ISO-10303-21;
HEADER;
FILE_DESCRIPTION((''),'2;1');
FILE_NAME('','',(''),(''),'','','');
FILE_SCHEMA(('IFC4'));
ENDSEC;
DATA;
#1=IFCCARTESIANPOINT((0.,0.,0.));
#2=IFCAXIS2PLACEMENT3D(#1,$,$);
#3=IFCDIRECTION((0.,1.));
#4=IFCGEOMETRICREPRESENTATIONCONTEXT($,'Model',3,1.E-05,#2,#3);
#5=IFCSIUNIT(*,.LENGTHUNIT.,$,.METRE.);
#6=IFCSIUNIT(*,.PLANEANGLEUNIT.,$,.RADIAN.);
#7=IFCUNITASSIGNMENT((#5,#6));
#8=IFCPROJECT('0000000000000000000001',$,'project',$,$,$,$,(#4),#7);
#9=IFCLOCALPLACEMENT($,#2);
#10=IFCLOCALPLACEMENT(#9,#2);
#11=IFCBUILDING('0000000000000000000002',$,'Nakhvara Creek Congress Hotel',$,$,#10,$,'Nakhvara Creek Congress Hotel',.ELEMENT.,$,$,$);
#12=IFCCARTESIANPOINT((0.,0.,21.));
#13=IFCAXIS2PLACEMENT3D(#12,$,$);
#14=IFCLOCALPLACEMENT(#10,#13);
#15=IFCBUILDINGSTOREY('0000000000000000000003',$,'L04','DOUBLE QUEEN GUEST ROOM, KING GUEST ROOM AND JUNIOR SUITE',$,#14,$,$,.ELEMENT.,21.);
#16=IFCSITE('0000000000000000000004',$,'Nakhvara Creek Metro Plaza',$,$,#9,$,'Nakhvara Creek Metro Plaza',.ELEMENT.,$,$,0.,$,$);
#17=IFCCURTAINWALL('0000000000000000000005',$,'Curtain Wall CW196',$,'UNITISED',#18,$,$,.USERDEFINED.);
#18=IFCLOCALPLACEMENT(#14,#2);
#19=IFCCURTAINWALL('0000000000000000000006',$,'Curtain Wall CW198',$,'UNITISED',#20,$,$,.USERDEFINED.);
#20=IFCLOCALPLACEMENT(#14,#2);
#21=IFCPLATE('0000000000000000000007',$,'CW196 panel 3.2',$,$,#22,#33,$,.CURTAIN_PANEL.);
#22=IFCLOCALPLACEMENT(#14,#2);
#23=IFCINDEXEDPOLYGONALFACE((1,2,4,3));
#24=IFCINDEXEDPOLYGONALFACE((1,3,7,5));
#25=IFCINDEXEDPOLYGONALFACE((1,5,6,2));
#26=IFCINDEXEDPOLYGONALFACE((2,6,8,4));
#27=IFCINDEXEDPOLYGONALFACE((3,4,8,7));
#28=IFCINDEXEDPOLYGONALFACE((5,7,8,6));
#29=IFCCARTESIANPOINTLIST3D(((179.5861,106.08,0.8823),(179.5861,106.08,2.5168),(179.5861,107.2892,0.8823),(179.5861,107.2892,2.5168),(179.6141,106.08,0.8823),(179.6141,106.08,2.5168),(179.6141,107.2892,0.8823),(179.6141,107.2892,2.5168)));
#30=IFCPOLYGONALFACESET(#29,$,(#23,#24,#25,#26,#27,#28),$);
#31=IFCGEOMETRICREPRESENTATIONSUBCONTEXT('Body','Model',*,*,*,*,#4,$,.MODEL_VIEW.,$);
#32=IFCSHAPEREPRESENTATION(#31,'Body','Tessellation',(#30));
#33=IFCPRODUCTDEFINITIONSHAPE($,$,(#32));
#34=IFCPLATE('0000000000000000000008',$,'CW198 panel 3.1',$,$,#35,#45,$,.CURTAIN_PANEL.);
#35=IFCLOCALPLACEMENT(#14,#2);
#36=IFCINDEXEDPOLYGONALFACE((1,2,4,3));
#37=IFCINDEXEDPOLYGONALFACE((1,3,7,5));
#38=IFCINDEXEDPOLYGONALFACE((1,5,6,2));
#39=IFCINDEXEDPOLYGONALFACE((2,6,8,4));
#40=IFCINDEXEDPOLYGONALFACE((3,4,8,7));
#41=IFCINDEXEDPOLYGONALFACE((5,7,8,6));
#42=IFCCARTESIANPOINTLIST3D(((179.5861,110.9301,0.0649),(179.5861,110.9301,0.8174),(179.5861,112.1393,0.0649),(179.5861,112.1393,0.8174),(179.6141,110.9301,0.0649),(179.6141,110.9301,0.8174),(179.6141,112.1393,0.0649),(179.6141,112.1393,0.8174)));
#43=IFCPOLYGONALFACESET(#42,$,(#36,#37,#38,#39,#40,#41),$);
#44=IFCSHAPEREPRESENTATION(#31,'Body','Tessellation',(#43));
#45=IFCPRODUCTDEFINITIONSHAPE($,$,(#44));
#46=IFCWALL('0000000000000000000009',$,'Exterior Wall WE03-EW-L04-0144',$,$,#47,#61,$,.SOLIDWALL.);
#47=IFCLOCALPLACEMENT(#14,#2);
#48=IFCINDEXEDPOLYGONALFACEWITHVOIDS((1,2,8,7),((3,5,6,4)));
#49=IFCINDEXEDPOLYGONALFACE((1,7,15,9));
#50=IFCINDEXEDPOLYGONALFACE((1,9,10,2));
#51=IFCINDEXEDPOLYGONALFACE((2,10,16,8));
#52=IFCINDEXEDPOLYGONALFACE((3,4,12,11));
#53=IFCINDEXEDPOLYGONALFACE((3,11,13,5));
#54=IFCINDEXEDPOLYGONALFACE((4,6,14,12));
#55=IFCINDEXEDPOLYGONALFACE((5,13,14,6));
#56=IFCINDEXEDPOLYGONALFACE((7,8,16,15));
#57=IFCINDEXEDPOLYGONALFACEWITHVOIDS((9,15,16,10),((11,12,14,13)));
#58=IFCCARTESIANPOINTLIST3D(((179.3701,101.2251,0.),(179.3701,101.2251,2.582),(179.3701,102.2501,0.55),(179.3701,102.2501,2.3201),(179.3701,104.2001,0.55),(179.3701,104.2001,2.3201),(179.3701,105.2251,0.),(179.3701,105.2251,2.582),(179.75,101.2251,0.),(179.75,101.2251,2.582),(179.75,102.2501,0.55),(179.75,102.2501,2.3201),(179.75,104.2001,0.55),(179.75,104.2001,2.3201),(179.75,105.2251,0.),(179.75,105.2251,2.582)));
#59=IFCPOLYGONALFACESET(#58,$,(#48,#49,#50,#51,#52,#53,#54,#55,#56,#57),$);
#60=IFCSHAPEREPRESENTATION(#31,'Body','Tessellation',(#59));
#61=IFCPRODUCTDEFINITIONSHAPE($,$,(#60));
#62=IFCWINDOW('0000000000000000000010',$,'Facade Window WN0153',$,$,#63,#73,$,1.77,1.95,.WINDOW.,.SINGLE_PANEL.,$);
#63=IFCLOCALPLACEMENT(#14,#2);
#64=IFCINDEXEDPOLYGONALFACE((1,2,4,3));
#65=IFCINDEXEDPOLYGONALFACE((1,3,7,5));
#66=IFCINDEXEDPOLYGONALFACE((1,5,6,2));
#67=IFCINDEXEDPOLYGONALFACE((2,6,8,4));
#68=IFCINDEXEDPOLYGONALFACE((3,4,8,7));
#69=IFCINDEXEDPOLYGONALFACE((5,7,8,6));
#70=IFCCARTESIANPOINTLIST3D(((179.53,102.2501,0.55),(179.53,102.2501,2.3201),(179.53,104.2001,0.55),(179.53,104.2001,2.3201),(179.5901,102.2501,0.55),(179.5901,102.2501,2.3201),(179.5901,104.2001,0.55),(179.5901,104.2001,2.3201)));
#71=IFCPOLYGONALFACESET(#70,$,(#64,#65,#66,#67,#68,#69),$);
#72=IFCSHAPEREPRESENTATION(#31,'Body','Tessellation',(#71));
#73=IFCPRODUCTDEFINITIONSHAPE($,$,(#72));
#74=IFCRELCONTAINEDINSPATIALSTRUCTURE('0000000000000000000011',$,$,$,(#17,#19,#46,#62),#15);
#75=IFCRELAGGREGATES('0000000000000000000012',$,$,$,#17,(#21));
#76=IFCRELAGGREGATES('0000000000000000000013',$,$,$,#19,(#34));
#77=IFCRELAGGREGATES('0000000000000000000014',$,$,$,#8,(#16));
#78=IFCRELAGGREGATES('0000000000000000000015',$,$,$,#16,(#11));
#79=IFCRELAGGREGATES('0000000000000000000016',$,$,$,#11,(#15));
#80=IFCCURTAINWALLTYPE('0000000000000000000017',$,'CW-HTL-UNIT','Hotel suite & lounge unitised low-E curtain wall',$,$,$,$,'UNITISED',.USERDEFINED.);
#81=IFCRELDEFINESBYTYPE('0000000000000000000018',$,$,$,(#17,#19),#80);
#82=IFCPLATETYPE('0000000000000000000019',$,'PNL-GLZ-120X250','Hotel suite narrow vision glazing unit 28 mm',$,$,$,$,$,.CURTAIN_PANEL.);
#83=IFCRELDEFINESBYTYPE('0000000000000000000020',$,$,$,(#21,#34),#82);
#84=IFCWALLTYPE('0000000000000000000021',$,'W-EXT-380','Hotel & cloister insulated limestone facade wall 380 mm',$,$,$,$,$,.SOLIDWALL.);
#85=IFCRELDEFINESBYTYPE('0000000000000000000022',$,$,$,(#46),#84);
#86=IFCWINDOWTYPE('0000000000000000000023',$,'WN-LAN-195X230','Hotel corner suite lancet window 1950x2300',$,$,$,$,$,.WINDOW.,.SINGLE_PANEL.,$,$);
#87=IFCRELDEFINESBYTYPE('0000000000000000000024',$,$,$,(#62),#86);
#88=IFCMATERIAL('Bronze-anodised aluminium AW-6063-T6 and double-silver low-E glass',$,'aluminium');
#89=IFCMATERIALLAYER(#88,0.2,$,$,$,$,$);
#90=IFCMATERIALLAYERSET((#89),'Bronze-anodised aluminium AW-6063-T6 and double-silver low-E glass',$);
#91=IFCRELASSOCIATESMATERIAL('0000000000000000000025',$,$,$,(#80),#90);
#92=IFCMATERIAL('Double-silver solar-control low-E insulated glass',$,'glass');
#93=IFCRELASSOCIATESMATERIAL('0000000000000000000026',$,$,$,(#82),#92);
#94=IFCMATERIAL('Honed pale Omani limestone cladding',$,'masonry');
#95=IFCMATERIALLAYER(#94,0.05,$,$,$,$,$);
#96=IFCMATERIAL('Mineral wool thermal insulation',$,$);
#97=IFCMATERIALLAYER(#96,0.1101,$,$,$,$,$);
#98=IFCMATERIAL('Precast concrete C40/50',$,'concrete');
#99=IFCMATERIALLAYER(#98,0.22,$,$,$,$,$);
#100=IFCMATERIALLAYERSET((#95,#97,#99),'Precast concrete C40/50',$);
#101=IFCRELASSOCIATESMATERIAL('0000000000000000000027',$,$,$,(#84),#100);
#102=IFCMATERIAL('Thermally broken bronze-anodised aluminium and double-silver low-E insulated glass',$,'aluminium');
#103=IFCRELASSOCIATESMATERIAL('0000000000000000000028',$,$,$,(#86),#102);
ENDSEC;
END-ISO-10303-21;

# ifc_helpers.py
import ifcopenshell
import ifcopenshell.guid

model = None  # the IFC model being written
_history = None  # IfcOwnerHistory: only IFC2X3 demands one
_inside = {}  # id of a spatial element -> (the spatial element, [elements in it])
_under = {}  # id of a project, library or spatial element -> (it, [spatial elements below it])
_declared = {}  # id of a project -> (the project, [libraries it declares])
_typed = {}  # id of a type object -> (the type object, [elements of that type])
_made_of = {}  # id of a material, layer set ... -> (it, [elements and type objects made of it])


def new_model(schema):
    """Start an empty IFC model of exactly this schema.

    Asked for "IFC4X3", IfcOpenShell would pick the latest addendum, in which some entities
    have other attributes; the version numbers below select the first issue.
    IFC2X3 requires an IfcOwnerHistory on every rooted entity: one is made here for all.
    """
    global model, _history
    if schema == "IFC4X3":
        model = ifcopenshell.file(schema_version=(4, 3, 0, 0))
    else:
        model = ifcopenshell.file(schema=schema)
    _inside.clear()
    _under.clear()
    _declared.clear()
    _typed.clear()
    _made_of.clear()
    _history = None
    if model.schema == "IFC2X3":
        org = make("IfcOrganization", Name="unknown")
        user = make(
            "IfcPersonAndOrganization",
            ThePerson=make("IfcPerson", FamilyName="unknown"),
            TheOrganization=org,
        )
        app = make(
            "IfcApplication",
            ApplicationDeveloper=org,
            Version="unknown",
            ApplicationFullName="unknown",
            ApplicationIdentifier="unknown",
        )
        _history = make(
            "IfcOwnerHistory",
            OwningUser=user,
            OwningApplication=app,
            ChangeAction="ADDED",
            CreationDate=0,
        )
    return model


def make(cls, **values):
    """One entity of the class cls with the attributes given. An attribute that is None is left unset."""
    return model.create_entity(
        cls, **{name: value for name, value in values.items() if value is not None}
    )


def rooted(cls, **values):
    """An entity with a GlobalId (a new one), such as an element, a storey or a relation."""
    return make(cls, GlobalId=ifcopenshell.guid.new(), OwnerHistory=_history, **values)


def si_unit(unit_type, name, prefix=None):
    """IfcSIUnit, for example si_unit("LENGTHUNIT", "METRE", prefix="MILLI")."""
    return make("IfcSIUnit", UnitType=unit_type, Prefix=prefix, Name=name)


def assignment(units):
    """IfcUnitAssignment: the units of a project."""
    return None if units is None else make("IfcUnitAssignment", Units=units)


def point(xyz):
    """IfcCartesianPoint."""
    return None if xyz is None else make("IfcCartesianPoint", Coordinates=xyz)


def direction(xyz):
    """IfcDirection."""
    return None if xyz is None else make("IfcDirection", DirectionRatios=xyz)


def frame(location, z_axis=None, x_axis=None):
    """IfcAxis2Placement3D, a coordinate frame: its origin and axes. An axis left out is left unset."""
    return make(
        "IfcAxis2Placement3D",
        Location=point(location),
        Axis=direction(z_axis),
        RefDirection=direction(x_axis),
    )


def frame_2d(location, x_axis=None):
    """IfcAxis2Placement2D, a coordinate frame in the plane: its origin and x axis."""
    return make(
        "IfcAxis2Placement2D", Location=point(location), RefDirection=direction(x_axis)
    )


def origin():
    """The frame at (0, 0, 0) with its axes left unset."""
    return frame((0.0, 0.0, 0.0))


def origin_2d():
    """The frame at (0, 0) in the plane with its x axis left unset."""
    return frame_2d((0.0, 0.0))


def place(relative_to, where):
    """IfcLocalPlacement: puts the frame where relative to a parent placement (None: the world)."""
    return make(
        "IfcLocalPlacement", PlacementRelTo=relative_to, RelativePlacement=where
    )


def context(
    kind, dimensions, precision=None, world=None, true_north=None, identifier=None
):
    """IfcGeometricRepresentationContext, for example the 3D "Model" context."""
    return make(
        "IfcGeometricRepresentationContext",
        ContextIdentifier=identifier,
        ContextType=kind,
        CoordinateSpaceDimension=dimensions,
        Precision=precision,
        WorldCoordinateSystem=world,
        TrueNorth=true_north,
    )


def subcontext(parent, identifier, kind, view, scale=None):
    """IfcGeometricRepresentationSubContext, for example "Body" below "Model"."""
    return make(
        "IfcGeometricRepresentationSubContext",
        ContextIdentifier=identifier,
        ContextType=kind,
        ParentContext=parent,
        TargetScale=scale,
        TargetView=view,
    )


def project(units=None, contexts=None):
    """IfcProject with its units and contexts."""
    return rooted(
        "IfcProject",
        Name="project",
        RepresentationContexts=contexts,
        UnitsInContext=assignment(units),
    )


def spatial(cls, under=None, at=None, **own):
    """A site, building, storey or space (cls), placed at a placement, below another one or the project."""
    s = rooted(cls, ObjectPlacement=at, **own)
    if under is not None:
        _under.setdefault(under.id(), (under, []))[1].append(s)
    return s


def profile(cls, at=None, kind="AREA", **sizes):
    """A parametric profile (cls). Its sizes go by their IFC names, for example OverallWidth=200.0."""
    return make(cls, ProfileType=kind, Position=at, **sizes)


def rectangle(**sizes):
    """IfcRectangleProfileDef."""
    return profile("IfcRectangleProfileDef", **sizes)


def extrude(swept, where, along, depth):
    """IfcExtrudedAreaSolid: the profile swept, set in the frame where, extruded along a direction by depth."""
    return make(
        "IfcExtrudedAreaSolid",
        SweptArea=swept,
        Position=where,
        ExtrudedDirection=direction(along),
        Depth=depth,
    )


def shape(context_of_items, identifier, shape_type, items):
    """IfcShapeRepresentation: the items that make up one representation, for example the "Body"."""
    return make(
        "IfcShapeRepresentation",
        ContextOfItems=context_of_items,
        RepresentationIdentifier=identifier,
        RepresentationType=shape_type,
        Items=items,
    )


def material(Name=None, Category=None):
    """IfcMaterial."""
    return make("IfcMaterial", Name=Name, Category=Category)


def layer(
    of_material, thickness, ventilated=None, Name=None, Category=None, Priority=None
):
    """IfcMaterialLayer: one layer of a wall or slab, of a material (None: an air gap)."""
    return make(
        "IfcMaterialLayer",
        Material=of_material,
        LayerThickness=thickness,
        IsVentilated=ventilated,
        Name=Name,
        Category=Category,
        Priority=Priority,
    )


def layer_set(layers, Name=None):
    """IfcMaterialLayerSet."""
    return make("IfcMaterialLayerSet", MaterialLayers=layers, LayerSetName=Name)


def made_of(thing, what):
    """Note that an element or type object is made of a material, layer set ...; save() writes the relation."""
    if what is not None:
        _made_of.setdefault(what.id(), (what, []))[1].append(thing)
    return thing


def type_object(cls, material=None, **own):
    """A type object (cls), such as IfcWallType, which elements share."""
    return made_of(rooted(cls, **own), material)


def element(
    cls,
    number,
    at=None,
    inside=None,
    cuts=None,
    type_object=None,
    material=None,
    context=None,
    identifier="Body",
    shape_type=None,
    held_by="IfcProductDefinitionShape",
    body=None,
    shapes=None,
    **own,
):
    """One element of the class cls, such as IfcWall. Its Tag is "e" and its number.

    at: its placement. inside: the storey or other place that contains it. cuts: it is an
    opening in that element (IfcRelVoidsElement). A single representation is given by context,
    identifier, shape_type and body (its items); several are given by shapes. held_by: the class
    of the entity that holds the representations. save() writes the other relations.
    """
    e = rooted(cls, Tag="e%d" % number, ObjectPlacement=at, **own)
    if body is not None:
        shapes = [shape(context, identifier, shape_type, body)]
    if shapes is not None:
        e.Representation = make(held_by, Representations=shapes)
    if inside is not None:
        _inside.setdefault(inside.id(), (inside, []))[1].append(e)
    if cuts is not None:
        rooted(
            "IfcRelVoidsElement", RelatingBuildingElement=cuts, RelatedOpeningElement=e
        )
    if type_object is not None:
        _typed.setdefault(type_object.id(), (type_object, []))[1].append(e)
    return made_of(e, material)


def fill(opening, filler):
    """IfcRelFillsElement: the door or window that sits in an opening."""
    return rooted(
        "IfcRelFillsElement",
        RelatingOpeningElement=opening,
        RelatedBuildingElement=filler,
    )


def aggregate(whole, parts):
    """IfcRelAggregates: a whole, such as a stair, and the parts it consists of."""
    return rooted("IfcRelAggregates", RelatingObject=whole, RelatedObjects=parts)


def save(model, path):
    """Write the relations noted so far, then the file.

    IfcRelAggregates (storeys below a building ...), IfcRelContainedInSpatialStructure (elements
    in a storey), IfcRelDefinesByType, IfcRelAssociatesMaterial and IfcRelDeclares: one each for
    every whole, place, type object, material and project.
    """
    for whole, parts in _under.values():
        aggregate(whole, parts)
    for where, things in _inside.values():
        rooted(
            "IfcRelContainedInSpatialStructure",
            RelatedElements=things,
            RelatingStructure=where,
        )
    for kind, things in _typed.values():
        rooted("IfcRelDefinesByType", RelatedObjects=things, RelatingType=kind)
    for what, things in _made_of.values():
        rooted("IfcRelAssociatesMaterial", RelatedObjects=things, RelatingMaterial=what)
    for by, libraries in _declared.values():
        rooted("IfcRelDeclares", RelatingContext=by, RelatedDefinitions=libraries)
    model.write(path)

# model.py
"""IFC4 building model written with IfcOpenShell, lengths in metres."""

from ifc_helpers import new_model, si_unit, direction, frame, frame_2d, origin, origin_2d, place, context, subcontext, project, spatial, rectangle, extrude, material, layer, layer_set, type_object, element, fill, aggregate, save


model = new_model("IFC4")

# Units and contexts
model_context = context("Model", 3, precision=1e-05, world=origin(), true_north=direction((0.0, 1.0)))
body_context = subcontext(model_context, "Body", "Model", "MODEL_VIEW")
ifc_project = project(units=[si_unit("LENGTHUNIT", "METRE"), si_unit("PLANEANGLEUNIT", "RADIAN")], contexts=[model_context])

# Site, building, storey
site_placement = place(None, origin())
site = spatial("IfcSite", under=ifc_project, at=site_placement, Name="Nakhvara Creek Metro Plaza", LongName="Nakhvara Creek Metro Plaza", CompositionType="ELEMENT", RefElevation=0.0)
building_placement = place(site_placement, origin())
building = spatial("IfcBuilding", under=site, at=building_placement, Name="Nakhvara Creek Congress Hotel", LongName="Nakhvara Creek Congress Hotel", CompositionType="ELEMENT")
storey_placement = place(building_placement, frame((0.0, 0.0, 21.0)))
storey = spatial("IfcBuildingStorey", under=building, at=storey_placement, Name="L04", Description="DOUBLE QUEEN GUEST ROOM, KING GUEST ROOM AND JUNIOR SUITE", CompositionType="ELEMENT", Elevation=21.0)

# Curtain wall
ifc_material_1 = material(Name="Bronze-anodised aluminium AW-6063-T6 and double-silver low-E glass", Category="aluminium")
ifc_layer_1 = layer(ifc_material_1, 0.2)
ifc_layer_set_1 = layer_set([ifc_layer_1], Name="Bronze-anodised aluminium AW-6063-T6 and double-silver low-E glass")
curtain_wall_type = type_object("IfcCurtainWallType", Name="CW-HTL-UNIT", Description="Hotel suite & lounge unitised low-E curtain wall", ElementType="UNITISED", PredefinedType="USERDEFINED", material=ifc_layer_set_1)
curtain_wall_1_placement = place(storey_placement, origin())
curtain_wall_1 = element("IfcCurtainWall", 1, at=curtain_wall_1_placement, inside=storey, type_object=curtain_wall_type, Name="Curtain Wall CW196", ObjectType="UNITISED", PredefinedType="USERDEFINED")

# Curtain wall
curtain_wall_2_placement = place(storey_placement, origin())
curtain_wall_2 = element("IfcCurtainWall", 2, at=curtain_wall_2_placement, inside=storey, type_object=curtain_wall_type, Name="Curtain Wall CW198", ObjectType="UNITISED", PredefinedType="USERDEFINED")

# Plates
ifc_material_2 = material(Name="Double-silver solar-control low-E insulated glass", Category="glass")
plate_type = type_object("IfcPlateType", Name="PNL-GLZ-120X250", Description="Hotel suite narrow vision glazing unit 28 mm", PredefinedType="CURTAIN_PANEL", material=ifc_material_2)
plate_1_placement = place(storey_placement, frame((179.6001, 106.6846, 0.8823), z_axis=(0.0, 0.0, 1.0), x_axis=(0.0, -1.0, 0.0)))
plate_1 = element("IfcPlate", 3, at=plate_1_placement, type_object=plate_type, Name="CW196 panel 3.2", PredefinedType="CURTAIN_PANEL", context=body_context, shape_type="SweptSolid", body=[
    extrude(rectangle(XDim=1.2092, YDim=0.0281, at=origin_2d()), origin(), (0.0, 0.0, 1.0), 1.6345),
])
aggregate(curtain_wall_1, [plate_1])
plate_2_placement = place(storey_placement, frame((179.6001, 111.5347, 0.0649), z_axis=(0.0, 0.0, 1.0), x_axis=(0.0, -1.0, 0.0)))
plate_2 = element("IfcPlate", 4, at=plate_2_placement, type_object=plate_type, Name="CW198 panel 3.1", PredefinedType="CURTAIN_PANEL", context=body_context, shape_type="SweptSolid", body=[
    extrude(rectangle(XDim=1.2092, YDim=0.0281, at=origin_2d()), origin(), (0.0, 0.0, 1.0), 0.7524),
])
aggregate(curtain_wall_2, [plate_2])

# Wall, opening, window
ifc_material_3 = material(Name="Honed pale Omani limestone cladding", Category="masonry")
ifc_layer_2 = layer(ifc_material_3, 0.05)
ifc_material_4 = material(Name="Mineral wool thermal insulation")
ifc_layer_3 = layer(ifc_material_4, 0.1101)
ifc_material_5 = material(Name="Precast concrete C40/50", Category="concrete")
ifc_layer_4 = layer(ifc_material_5, 0.22)
ifc_layer_set_2 = layer_set([ifc_layer_2, ifc_layer_3, ifc_layer_4], Name="Precast concrete C40/50")
wall_type = type_object("IfcWallType", Name="W-EXT-380", Description="Hotel & cloister insulated limestone facade wall 380 mm", PredefinedType="SOLIDWALL", material=ifc_layer_set_2)
wall_placement = place(storey_placement, frame((179.5601, 105.2251, 0.0), z_axis=(0.0, 0.0, 1.0), x_axis=(0.0, -1.0, 0.0)))
wall = element("IfcWall", 5, at=wall_placement, inside=storey, type_object=wall_type, Name="Exterior Wall WE03-EW-L04-0144", PredefinedType="SOLIDWALL", context=body_context, shape_type="SweptSolid", body=[
    extrude(rectangle(XDim=4.0, YDim=0.3799, at=frame_2d((2.0, 0.0))), origin(), (0.0, 0.0, 1.0), 2.582),
])
opening_placement = place(wall_placement, frame((1.0249, 0.0, 0.55)))
opening = element("IfcOpeningElement", 6, at=opening_placement, cuts=wall, PredefinedType="OPENING", context=body_context, shape_type="SweptSolid", body=[
    extrude(rectangle(XDim=1.95, YDim=1.77, at=frame_2d((0.9751, 0.885))), frame((0.0, 0.2019, 0.0), z_axis=(0.0, -1.0, 0.0), x_axis=(1.0, 0.0, 0.0)), (0.0, 0.0, 1.0), 0.4038),
])
ifc_material_6 = material(Name="Thermally broken bronze-anodised aluminium and double-silver low-E insulated glass", Category="aluminium")
window_type = type_object("IfcWindowType", Name="WN-LAN-195X230", Description="Hotel corner suite lancet window 1950x2300", PartitioningType="SINGLE_PANEL", PredefinedType="WINDOW", material=ifc_material_6)
window_placement = place(opening_placement, origin())
window = element("IfcWindow", 7, at=window_placement, inside=storey, type_object=window_type, Name="Facade Window WN0153", OverallHeight=1.77, OverallWidth=1.95, PartitioningType="SINGLE_PANEL", PredefinedType="WINDOW", context=body_context, shape_type="SweptSolid", body=[
    extrude(rectangle(XDim=1.95, YDim=1.77, at=frame_2d((0.9751, 0.885))), frame((0.0, 0.03, 0.0), z_axis=(0.0, -1.0, 0.0), x_axis=(1.0, 0.0, 0.0)), (0.0, 0.0, 1.0), 0.0601),
])
fill(opening, window)

save(model, "model.ifc")
